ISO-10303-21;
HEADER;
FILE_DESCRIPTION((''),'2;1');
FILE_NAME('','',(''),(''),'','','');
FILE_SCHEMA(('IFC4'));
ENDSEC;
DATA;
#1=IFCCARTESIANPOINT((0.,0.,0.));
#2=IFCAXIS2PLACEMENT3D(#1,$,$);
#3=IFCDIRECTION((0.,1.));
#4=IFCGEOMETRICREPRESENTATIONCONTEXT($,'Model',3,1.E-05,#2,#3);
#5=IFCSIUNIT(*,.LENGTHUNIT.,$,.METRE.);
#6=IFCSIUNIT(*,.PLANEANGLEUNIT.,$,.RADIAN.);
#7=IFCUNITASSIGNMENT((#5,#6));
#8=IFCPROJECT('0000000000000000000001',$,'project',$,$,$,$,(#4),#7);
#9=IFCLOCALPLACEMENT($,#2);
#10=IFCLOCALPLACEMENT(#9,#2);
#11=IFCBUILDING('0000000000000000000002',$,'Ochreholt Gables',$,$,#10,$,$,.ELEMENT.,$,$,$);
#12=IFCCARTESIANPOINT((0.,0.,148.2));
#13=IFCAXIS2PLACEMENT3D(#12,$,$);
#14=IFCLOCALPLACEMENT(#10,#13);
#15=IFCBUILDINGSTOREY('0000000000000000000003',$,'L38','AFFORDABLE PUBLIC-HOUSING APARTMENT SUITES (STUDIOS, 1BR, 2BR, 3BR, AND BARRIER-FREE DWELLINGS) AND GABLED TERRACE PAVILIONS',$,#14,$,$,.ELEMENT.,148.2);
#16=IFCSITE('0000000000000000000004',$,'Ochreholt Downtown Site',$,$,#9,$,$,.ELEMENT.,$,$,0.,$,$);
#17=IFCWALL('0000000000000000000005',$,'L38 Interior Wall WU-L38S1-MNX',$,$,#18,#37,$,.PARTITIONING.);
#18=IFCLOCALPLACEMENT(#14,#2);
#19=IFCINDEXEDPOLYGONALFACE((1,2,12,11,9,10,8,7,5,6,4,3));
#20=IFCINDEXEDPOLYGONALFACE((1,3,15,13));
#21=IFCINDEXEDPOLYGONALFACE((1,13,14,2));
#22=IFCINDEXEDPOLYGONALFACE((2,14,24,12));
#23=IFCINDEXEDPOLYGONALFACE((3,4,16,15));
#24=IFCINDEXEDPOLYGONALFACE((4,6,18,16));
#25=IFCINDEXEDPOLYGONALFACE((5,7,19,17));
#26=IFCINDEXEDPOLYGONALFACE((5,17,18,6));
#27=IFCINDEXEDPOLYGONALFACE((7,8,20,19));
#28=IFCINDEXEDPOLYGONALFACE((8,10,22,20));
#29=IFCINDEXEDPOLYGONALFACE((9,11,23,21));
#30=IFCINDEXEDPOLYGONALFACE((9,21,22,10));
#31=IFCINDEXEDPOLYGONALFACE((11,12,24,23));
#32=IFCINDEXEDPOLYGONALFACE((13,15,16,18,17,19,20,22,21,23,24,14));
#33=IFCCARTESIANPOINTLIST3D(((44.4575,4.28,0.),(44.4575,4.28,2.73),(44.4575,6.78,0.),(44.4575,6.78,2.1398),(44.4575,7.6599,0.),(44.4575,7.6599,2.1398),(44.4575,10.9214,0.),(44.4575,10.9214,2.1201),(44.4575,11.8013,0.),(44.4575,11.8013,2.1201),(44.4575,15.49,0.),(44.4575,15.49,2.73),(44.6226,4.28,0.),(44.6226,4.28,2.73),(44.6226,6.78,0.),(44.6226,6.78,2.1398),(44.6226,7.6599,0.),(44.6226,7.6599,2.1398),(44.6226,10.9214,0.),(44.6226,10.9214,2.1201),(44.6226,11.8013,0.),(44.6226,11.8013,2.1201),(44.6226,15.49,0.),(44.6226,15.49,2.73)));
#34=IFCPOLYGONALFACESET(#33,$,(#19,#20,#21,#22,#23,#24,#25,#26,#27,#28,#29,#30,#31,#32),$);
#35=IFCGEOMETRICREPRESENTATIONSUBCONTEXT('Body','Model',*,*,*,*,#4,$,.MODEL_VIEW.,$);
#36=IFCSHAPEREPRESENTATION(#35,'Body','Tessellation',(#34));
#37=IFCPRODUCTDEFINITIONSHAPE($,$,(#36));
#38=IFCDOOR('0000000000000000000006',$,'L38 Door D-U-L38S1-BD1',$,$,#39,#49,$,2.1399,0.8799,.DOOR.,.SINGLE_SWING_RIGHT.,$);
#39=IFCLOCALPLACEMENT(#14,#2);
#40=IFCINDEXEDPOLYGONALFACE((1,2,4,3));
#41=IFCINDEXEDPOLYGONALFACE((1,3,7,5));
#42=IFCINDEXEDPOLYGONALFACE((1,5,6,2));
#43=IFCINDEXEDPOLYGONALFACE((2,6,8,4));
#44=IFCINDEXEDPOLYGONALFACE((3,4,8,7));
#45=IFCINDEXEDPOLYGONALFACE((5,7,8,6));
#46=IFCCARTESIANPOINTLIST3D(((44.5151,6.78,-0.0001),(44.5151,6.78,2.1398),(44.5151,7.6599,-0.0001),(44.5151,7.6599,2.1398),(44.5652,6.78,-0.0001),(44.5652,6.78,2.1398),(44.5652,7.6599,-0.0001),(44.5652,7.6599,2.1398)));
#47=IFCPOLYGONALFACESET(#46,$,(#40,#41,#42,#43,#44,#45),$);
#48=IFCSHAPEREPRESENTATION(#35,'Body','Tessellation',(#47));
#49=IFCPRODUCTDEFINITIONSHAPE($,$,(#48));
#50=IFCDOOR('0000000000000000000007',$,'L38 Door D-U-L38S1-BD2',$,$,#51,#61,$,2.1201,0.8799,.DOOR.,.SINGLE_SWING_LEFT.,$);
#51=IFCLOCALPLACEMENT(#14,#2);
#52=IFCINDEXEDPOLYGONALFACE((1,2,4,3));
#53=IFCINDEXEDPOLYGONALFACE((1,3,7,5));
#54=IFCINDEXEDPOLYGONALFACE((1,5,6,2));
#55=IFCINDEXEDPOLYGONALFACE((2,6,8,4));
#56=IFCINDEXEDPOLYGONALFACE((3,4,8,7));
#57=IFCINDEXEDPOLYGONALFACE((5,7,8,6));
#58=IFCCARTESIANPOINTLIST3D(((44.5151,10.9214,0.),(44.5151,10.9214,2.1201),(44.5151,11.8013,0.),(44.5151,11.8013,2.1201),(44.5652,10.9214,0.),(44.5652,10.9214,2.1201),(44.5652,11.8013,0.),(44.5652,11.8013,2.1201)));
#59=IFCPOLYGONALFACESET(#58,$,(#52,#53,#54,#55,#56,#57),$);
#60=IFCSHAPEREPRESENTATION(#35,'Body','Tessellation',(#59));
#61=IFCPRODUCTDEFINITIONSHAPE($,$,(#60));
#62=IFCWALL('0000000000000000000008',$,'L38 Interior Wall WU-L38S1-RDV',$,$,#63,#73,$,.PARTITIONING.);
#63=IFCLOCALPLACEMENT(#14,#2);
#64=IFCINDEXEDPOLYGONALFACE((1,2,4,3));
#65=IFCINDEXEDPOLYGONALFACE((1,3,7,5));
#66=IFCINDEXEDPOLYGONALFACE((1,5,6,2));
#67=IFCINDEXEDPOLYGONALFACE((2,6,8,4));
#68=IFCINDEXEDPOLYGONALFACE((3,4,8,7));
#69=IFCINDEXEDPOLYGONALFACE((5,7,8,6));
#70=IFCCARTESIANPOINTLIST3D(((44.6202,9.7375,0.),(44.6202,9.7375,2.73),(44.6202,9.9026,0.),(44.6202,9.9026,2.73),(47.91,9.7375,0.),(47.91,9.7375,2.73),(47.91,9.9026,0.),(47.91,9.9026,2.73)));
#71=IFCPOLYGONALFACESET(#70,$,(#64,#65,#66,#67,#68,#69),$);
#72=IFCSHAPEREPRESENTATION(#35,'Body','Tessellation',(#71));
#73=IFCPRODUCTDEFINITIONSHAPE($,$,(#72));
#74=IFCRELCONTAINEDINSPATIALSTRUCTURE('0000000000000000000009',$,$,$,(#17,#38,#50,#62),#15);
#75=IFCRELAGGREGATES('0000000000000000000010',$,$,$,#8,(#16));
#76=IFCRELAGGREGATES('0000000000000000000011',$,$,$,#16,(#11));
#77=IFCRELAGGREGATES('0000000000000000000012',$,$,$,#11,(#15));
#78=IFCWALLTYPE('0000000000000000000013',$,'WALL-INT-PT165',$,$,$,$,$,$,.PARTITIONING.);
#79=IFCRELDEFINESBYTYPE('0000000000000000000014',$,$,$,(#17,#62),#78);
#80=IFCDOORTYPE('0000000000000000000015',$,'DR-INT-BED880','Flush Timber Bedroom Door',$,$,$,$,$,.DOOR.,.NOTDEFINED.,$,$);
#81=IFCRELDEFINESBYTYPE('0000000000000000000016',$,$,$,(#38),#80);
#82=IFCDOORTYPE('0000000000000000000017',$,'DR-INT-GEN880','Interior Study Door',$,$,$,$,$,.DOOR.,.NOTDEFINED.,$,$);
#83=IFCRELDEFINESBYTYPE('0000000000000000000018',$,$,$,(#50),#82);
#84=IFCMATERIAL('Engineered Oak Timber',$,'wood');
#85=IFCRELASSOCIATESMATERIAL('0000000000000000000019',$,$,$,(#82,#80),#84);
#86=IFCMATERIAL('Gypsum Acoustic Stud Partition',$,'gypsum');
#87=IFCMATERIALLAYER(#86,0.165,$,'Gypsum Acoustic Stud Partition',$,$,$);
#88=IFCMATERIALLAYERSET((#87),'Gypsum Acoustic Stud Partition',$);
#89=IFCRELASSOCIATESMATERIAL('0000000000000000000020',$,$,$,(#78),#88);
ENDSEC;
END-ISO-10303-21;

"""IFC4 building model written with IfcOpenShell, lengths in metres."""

from ifc_helpers import new_model, si_unit, direction, frame, frame_2d, origin, place, context, subcontext, project, spatial, rectangle, extrude, material, layer, layer_set, type_object, element, fill, save


model = new_model("IFC4")

# Units and contexts
model_context = context("Model", 3, precision=1e-05, world=origin(), true_north=direction((0.0, 1.0)))
body_context = subcontext(model_context, "Body", "Model", "MODEL_VIEW")
ifc_project = project(units=[si_unit("LENGTHUNIT", "METRE"), si_unit("PLANEANGLEUNIT", "RADIAN")], contexts=[model_context])

# Site, building, storey
site_placement = place(None, origin())
site = spatial("IfcSite", under=ifc_project, at=site_placement, Name="Ochreholt Downtown Site", CompositionType="ELEMENT", RefElevation=0.0)
building_placement = place(site_placement, origin())
building = spatial("IfcBuilding", under=site, at=building_placement, Name="Ochreholt Gables", CompositionType="ELEMENT")
storey_placement = place(building_placement, frame((0.0, 0.0, 148.2)))
storey = spatial("IfcBuildingStorey", under=building, at=storey_placement, Name="L38", Description="AFFORDABLE PUBLIC-HOUSING APARTMENT SUITES (STUDIOS, 1BR, 2BR, 3BR, AND BARRIER-FREE DWELLINGS) AND GABLED TERRACE PAVILIONS", CompositionType="ELEMENT", Elevation=148.2)

# Shared definitions
ifc_material_1 = material(Name="Engineered Oak Timber", Category="wood")
door_type_1 = type_object("IfcDoorType", Name="DR-INT-GEN880", Description="Interior Study Door", OperationType="NOTDEFINED", PredefinedType="DOOR", material=ifc_material_1)

# Shared definitions
ifc_material_2 = material(Name="Gypsum Acoustic Stud Partition", Category="gypsum")
ifc_layer_1 = layer(ifc_material_2, 0.165, Name="Gypsum Acoustic Stud Partition")
ifc_layer_set_1 = layer_set([ifc_layer_1], Name="Gypsum Acoustic Stud Partition")
wall_type_1 = type_object("IfcWallType", Name="WALL-INT-PT165", PredefinedType="PARTITIONING", material=ifc_layer_set_1)

# Wall, openings, doors
wall_1_placement = place(storey_placement, frame((44.54, 4.28, 0.0), z_axis=(0.0, 0.0, 1.0), x_axis=(0.0, 1.0, 0.0)))
wall_1 = element("IfcWall", 1, at=wall_1_placement, inside=storey, type_object=wall_type_1, Name="L38 Interior Wall WU-L38S1-MNX", PredefinedType="PARTITIONING", context=body_context, shape_type="SweptSolid", body=[
    extrude(rectangle(XDim=11.21, YDim=0.165, at=frame_2d((5.605, 0.0))), origin(), (0.0, 0.0, 1.0), 2.73),
])
opening_1_placement = place(wall_1_placement, frame((2.5, 0.0, 0.0)))
opening_1 = element("IfcOpeningElement", 2, at=opening_1_placement, cuts=wall_1, PredefinedType="OPENING", context=body_context, shape_type="SweptSolid", body=[
    extrude(rectangle(XDim=0.8799, YDim=2.1399, at=frame_2d((0.4399, 1.0698))), frame((0.0, 0.0925, 0.0), z_axis=(0.0, -1.0, 0.0), x_axis=(1.0, 0.0, 0.0)), (0.0, 0.0, 1.0), 0.1851),
])
opening_2_placement = place(wall_1_placement, frame((6.6414, 0.0, 0.0)))
opening_2 = element("IfcOpeningElement", 3, at=opening_2_placement, cuts=wall_1, PredefinedType="OPENING", context=body_context, shape_type="SweptSolid", body=[
    extrude(rectangle(XDim=0.8799, YDim=2.1201, at=frame_2d((0.4399, 1.0601))), frame((0.0, 0.0925, 0.0), z_axis=(0.0, -1.0, 0.0), x_axis=(1.0, 0.0, 0.0)), (0.0, 0.0, 1.0), 0.1851),
])
door_type_2 = type_object("IfcDoorType", Name="DR-INT-BED880", Description="Flush Timber Bedroom Door", OperationType="NOTDEFINED", PredefinedType="DOOR", material=ifc_material_1)
door_1_placement = place(opening_1_placement, origin())
door_1 = element("IfcDoor", 4, at=door_1_placement, inside=storey, type_object=door_type_2, Name="L38 Door D-U-L38S1-BD1", OperationType="SINGLE_SWING_RIGHT", OverallHeight=2.1399, OverallWidth=0.8799, PredefinedType="DOOR", context=body_context, shape_type="SweptSolid", body=[
    extrude(rectangle(XDim=0.8799, YDim=2.1399, at=frame_2d((0.4399, 1.0698))), frame((0.0, 0.0249, 0.0), z_axis=(0.0, -1.0, 0.0), x_axis=(1.0, 0.0, 0.0)), (0.0, 0.0, 1.0), 0.05),
])
fill(opening_1, door_1)
door_2_placement = place(opening_2_placement, origin())
door_2 = element("IfcDoor", 5, at=door_2_placement, inside=storey, type_object=door_type_1, Name="L38 Door D-U-L38S1-BD2", OperationType="SINGLE_SWING_LEFT", OverallHeight=2.1201, OverallWidth=0.8799, PredefinedType="DOOR", context=body_context, shape_type="SweptSolid", body=[
    extrude(rectangle(XDim=0.8799, YDim=2.1201, at=frame_2d((0.4399, 1.0601))), frame((0.0, 0.0249, 0.0), z_axis=(0.0, -1.0, 0.0), x_axis=(1.0, 0.0, 0.0)), (0.0, 0.0, 1.0), 0.05),
])
fill(opening_2, door_2)

# Wall
wall_2_placement = place(storey_placement, frame((44.6201, 9.8201, 0.0), z_axis=(0.0, 0.0, 1.0), x_axis=(1.0, 0.0, 0.0)))
element("IfcWall", 6, at=wall_2_placement, inside=storey, type_object=wall_type_1, Name="L38 Interior Wall WU-L38S1-RDV", PredefinedType="PARTITIONING", context=body_context, shape_type="SweptSolid", body=[
    extrude(rectangle(XDim=3.2898, YDim=0.165, at=frame_2d((1.645, 0.0))), origin(), (0.0, 0.0, 1.0), 2.73),
])

save(model, "model.ifc")
